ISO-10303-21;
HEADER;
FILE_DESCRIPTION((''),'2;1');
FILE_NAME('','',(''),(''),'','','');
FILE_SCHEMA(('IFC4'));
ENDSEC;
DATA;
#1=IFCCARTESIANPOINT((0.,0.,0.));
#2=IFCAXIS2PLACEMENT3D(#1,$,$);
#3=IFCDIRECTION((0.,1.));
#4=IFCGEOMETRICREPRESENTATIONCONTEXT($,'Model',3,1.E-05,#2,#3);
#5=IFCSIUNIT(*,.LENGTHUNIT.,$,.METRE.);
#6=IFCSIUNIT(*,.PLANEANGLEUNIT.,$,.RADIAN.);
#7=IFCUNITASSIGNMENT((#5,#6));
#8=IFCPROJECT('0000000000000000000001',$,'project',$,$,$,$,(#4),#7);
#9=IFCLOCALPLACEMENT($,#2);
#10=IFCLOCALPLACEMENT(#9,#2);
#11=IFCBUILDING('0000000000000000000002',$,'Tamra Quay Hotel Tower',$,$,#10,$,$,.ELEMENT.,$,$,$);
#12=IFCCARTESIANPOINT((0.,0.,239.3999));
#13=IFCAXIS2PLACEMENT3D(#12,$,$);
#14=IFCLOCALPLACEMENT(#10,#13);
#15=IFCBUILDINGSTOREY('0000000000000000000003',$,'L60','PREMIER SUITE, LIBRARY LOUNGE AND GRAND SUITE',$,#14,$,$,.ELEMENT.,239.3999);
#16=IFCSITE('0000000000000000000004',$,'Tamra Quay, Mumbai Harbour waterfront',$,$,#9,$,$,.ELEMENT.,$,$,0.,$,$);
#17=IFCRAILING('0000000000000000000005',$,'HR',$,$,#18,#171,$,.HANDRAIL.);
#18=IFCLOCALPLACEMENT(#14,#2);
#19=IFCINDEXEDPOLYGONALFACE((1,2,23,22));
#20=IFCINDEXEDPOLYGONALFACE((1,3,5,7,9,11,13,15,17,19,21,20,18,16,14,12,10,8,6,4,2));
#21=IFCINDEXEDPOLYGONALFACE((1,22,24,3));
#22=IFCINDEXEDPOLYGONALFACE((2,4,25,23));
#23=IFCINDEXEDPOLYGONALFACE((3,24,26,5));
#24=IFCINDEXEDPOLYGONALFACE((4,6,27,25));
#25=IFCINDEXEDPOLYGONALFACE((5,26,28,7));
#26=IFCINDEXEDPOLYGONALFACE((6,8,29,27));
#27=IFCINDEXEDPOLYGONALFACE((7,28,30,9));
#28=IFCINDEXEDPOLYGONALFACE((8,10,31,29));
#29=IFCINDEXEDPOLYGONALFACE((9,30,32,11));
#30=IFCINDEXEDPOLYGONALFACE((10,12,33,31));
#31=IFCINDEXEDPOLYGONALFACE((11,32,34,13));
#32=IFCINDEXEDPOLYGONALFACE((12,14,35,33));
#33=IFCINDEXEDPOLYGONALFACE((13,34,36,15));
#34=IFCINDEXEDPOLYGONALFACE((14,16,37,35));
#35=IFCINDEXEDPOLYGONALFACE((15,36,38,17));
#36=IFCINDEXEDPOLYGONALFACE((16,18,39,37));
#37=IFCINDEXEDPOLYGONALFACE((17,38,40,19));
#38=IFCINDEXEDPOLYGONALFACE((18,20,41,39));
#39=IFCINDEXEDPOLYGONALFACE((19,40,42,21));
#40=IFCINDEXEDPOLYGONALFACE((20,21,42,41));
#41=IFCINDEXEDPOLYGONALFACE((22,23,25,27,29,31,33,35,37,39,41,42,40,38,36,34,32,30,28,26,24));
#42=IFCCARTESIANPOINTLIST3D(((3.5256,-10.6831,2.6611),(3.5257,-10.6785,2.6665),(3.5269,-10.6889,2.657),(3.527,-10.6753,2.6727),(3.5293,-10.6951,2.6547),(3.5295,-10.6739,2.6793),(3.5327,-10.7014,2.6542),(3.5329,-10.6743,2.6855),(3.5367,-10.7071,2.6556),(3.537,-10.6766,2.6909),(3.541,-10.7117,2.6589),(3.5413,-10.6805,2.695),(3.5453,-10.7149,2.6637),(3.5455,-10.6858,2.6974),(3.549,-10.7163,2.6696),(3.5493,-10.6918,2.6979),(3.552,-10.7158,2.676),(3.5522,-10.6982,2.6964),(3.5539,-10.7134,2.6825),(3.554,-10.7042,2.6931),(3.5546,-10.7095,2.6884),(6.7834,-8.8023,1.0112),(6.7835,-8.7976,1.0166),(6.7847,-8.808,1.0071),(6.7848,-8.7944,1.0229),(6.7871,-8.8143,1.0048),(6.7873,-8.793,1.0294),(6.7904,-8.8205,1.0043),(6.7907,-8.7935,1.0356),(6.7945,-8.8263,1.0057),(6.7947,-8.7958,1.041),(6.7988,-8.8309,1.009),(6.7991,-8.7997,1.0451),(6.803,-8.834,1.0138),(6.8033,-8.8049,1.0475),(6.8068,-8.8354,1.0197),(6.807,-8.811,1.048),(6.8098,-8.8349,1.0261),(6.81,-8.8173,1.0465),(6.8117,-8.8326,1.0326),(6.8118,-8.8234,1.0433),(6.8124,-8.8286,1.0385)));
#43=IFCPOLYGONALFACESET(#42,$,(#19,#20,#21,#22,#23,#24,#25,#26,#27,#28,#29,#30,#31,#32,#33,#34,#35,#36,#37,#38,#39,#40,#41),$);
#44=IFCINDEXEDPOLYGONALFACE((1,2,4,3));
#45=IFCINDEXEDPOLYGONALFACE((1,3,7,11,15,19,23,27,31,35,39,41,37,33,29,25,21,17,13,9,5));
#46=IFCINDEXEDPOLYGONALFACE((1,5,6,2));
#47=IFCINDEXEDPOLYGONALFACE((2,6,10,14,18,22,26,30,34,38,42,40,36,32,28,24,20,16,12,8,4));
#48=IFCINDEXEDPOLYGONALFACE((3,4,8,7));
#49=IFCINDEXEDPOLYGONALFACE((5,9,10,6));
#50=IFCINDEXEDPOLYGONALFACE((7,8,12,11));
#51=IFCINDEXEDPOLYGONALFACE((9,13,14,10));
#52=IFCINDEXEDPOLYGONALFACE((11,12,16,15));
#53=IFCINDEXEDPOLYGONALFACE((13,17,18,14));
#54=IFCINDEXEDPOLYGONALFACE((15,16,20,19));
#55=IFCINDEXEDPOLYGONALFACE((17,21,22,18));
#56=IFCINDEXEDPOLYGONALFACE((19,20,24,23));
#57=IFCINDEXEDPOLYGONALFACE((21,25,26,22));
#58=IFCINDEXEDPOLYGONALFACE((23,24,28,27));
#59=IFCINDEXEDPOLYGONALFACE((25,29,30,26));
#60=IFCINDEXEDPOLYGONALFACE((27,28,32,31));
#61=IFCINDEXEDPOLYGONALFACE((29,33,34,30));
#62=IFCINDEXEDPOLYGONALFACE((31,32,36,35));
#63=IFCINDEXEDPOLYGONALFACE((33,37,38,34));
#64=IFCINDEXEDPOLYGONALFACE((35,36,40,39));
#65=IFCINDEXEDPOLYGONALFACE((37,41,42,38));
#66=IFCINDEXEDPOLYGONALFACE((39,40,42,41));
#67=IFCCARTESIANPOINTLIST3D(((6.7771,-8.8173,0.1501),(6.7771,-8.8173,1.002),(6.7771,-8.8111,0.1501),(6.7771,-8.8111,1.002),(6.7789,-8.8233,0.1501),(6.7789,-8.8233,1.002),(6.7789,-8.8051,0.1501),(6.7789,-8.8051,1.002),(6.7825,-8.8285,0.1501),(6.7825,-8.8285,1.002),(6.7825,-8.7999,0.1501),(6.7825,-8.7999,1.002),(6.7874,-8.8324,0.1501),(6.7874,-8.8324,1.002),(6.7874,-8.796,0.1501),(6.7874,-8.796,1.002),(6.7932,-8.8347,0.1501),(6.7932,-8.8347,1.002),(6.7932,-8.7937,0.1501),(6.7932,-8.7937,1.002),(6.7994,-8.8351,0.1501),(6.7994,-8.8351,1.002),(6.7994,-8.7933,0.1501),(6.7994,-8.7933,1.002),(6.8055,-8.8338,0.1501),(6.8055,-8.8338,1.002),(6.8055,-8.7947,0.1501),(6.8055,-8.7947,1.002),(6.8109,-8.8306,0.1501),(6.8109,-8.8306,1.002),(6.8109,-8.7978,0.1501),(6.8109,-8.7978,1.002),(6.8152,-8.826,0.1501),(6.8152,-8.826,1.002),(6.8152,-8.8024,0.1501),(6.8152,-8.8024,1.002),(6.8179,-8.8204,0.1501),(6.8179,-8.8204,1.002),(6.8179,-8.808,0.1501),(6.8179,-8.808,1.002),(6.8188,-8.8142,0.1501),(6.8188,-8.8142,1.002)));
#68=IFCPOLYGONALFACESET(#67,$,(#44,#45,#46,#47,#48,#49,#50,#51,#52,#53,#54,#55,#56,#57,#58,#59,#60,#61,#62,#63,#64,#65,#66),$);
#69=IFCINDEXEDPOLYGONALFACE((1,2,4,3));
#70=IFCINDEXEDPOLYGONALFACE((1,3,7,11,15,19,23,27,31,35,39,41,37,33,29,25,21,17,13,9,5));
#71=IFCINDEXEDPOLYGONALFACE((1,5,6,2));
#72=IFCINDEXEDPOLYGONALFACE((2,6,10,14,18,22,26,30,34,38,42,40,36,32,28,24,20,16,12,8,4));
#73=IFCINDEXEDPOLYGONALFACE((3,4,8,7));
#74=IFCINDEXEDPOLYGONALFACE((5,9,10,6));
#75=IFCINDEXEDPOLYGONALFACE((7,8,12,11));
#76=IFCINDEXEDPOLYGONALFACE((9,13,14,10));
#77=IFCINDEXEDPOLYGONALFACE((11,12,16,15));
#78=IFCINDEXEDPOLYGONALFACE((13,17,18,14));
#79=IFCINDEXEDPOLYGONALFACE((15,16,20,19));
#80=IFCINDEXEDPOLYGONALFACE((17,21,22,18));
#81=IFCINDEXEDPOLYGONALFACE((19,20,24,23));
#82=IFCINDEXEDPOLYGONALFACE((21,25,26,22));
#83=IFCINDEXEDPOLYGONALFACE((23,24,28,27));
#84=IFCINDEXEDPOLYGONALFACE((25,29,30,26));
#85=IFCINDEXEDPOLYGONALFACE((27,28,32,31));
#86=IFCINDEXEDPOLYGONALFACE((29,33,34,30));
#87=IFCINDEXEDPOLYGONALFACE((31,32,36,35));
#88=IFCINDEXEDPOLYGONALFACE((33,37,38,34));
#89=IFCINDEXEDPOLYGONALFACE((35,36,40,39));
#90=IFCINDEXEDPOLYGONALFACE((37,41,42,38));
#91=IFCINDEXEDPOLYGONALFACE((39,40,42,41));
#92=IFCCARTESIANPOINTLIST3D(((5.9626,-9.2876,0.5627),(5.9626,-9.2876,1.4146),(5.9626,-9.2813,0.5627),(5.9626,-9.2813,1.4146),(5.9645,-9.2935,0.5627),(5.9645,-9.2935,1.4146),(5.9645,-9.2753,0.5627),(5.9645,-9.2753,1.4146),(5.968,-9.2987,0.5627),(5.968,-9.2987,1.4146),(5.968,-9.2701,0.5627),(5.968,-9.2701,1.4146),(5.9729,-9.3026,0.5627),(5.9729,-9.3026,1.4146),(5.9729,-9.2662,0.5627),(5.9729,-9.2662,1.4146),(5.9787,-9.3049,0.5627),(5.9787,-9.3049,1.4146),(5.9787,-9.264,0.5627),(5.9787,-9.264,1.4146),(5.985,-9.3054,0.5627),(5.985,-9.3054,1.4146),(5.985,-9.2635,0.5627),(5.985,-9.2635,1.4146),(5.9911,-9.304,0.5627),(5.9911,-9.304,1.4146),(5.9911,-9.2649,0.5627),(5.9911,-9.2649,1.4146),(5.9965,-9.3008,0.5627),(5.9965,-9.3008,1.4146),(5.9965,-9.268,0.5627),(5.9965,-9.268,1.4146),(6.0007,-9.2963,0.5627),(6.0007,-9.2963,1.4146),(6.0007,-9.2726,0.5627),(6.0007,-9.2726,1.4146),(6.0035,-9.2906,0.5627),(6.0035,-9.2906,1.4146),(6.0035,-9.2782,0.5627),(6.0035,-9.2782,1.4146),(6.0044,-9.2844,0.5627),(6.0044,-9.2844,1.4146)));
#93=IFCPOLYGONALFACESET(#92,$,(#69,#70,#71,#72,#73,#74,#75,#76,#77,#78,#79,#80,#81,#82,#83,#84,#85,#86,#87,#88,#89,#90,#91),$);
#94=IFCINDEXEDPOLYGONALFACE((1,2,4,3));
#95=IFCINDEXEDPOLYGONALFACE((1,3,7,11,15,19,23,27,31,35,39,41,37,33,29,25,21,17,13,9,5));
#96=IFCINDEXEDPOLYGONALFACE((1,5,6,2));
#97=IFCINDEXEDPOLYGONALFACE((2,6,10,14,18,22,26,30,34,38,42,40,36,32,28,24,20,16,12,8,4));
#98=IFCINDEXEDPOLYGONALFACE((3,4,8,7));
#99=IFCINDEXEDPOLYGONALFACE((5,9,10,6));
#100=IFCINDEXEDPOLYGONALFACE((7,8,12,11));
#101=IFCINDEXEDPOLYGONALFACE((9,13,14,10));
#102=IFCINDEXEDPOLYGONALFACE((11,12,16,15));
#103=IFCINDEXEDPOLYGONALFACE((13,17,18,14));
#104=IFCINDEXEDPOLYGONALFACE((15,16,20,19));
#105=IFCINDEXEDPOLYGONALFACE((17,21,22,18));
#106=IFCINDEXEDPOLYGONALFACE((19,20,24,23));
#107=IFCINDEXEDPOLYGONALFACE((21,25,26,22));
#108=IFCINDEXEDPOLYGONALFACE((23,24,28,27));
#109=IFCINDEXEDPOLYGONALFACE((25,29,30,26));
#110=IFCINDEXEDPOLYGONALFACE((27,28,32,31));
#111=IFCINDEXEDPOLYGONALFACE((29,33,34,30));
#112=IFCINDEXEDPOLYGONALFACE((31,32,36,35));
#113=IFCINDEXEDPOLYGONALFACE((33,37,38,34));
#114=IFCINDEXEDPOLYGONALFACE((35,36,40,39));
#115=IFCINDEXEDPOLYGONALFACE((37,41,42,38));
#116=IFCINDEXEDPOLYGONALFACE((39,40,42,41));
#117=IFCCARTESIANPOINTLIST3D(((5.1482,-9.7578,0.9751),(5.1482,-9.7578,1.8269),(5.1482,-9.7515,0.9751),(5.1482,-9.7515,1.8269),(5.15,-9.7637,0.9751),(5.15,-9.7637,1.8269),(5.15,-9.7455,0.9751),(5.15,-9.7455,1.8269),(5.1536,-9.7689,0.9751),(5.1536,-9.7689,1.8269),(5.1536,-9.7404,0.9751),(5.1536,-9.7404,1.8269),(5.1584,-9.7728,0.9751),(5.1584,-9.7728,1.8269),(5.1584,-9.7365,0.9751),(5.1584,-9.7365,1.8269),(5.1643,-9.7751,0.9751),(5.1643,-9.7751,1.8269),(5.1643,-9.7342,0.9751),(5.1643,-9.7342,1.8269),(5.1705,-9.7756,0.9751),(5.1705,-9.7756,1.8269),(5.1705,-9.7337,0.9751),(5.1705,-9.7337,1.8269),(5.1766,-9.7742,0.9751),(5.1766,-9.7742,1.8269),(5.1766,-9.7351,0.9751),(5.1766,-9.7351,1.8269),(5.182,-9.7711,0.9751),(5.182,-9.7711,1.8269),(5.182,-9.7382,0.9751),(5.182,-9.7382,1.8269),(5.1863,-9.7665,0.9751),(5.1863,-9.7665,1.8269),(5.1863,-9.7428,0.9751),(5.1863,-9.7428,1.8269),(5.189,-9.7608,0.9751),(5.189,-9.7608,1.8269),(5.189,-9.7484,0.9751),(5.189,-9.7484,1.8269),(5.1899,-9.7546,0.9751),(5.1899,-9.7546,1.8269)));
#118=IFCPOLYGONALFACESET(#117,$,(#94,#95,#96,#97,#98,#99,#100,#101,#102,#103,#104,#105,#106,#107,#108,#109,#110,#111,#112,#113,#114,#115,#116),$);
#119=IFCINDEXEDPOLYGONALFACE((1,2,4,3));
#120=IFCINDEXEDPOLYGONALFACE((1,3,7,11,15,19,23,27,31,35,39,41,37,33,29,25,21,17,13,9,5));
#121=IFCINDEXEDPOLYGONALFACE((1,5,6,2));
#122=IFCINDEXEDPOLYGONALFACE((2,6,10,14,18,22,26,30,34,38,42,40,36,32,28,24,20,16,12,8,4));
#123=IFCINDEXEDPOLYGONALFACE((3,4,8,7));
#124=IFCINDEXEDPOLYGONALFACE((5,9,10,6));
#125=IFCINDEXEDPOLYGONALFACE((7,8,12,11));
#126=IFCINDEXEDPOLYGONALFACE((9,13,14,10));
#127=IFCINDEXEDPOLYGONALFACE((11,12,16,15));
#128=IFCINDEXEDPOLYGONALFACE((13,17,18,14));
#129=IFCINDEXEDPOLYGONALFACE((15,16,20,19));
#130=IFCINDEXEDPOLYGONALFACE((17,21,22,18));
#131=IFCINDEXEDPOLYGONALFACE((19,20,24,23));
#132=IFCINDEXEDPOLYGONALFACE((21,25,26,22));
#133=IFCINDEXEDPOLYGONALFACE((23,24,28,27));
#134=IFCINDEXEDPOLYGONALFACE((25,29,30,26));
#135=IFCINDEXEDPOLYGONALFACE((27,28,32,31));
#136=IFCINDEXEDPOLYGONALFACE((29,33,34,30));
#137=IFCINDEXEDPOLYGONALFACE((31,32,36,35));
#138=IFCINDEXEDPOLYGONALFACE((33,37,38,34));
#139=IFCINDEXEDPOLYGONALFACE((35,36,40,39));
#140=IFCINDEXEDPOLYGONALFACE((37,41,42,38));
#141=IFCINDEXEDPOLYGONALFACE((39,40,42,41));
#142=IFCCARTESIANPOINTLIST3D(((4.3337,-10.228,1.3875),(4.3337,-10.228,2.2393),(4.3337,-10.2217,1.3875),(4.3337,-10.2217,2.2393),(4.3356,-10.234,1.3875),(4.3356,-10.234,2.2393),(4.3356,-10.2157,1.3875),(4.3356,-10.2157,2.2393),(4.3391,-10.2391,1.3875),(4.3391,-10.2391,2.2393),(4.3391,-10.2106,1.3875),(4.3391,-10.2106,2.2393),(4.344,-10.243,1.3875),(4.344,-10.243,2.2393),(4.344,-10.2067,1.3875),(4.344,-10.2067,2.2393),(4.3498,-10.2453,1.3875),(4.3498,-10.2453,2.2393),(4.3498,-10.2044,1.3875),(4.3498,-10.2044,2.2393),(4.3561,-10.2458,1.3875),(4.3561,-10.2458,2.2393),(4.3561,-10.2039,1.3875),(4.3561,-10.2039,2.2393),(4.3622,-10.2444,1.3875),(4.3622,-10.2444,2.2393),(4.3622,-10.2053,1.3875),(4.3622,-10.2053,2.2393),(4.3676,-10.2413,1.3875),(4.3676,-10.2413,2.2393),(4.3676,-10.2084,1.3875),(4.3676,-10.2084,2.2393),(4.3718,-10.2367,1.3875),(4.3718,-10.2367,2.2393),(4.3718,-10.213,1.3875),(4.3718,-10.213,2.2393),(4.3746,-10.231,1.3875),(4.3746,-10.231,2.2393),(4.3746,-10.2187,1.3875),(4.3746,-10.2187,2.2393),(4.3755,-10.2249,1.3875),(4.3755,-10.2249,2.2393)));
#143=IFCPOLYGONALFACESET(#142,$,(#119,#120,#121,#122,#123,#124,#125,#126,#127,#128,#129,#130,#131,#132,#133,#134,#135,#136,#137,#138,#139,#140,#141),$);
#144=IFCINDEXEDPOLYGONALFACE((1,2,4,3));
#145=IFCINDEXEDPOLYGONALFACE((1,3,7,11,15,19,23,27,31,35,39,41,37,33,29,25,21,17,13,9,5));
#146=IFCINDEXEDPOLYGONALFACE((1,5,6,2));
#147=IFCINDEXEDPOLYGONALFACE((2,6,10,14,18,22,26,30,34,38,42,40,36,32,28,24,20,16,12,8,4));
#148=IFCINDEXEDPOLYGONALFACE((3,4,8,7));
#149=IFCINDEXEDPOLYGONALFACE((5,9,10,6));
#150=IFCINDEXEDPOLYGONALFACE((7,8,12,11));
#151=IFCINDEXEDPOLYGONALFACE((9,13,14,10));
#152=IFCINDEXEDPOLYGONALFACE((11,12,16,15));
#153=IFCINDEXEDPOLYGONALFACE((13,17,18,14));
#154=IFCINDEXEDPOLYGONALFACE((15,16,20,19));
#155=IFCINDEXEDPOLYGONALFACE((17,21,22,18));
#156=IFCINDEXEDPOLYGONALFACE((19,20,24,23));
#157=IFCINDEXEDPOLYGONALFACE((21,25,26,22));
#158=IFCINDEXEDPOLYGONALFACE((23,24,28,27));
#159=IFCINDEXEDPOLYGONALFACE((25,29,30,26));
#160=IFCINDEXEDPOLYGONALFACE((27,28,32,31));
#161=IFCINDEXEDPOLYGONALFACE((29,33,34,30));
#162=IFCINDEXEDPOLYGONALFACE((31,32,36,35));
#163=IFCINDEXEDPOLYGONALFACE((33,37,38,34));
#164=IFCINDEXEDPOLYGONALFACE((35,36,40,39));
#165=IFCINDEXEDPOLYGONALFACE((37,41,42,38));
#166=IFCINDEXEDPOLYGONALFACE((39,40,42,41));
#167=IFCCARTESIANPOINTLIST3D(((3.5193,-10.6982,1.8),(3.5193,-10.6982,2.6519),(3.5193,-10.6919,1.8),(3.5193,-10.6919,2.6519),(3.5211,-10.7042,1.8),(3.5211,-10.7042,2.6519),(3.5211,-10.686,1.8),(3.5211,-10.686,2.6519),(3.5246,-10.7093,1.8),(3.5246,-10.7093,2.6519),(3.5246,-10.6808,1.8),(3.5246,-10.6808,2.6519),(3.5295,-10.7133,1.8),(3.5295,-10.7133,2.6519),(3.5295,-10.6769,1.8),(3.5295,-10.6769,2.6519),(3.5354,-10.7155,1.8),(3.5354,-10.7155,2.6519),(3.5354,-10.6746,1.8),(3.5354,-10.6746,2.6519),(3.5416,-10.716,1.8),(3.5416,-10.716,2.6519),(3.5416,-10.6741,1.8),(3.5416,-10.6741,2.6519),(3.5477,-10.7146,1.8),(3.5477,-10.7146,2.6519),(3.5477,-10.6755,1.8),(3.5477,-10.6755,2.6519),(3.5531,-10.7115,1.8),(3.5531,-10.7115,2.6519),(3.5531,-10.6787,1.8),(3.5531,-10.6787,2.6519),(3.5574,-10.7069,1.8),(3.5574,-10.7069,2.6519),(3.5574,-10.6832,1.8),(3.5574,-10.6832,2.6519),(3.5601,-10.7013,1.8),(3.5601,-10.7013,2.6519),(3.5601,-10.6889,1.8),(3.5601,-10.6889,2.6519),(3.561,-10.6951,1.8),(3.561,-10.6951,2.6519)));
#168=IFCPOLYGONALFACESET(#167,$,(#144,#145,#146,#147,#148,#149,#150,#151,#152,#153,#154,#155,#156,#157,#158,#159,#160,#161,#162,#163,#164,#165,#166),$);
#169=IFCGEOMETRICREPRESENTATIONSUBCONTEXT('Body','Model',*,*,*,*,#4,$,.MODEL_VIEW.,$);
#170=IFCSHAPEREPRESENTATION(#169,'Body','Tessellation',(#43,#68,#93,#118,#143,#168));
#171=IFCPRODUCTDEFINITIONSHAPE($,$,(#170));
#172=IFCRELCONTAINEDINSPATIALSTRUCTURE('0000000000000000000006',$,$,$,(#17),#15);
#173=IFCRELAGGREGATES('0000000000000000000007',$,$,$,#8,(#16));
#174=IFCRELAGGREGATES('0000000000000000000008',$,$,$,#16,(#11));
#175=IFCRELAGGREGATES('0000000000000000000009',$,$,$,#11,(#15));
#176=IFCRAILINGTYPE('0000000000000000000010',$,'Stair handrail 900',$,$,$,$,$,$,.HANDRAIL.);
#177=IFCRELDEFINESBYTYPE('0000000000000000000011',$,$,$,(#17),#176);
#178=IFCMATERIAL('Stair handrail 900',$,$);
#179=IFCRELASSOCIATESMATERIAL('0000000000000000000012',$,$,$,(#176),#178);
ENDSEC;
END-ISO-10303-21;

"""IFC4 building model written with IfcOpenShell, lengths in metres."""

from ifc_helpers import new_model, si_unit, direction, frame, origin, origin_2d, place, context, subcontext, project, spatial, circle, extrude, material, type_object, element, save


model = new_model("IFC4")

# Units and contexts
model_context = context("Model", 3, precision=1e-05, world=origin(), true_north=direction((0.0, 1.0)))
body_context = subcontext(model_context, "Body", "Model", "MODEL_VIEW")
ifc_project = project(units=[si_unit("LENGTHUNIT", "METRE"), si_unit("PLANEANGLEUNIT", "RADIAN")], contexts=[model_context])

# Site, building, storey
site_placement = place(None, origin())
site = spatial("IfcSite", under=ifc_project, at=site_placement, Name="Tamra Quay, Mumbai Harbour waterfront", CompositionType="ELEMENT", RefElevation=0.0)
building_placement = place(site_placement, origin())
building = spatial("IfcBuilding", under=site, at=building_placement, Name="Tamra Quay Hotel Tower", CompositionType="ELEMENT")
storey_placement = place(building_placement, frame((0.0, 0.0, 239.3999)))
storey = spatial("IfcBuildingStorey", under=building, at=storey_placement, Name="L60", Description="PREMIER SUITE, LIBRARY LOUNGE AND GRAND SUITE", CompositionType="ELEMENT", Elevation=239.3999)

# Railing
ifc_material_1 = material(Name="Stair handrail 900")
railing_type_1 = type_object("IfcRailingType", Name="Stair handrail 900", PredefinedType="HANDRAIL", material=ifc_material_1)
railing_1_placement = place(storey_placement, frame((6.7979, -8.8142, 0.1501)))
element("IfcRailing", 1, at=railing_1_placement, inside=storey, type_object=railing_type_1, Name="HR", PredefinedType="HANDRAIL", context=body_context, shape_type="SweptSolid", body=[
    extrude(circle(Radius=0.0239, at=origin_2d()), frame((0.0, 0.0, 0.876), z_axis=(-0.7931, -0.457887, 0.401661), x_axis=(0.499992, -0.86603, 0.0)), (0.0, 0.0, 1.0), 4.1077),
    extrude(circle(Radius=0.021, at=origin_2d()), origin(), (0.0, 0.0, 1.0), 0.8518),
    extrude(circle(Radius=0.021, at=origin_2d()), frame((-0.8145, -0.4702, 0.4126)), (0.0, 0.0, 1.0), 0.8518),
    extrude(circle(Radius=0.021, at=origin_2d()), frame((-1.6289, -0.9404, 0.825)), (0.0, 0.0, 1.0), 0.8518),
    extrude(circle(Radius=0.021, at=origin_2d()), frame((-2.4434, -1.4106, 1.2373)), (0.0, 0.0, 1.0), 0.8518),
    extrude(circle(Radius=0.021, at=origin_2d()), frame((-3.2578, -1.8809, 1.6499)), (0.0, 0.0, 1.0), 0.8518),
])

save(model, "model.ifc")
